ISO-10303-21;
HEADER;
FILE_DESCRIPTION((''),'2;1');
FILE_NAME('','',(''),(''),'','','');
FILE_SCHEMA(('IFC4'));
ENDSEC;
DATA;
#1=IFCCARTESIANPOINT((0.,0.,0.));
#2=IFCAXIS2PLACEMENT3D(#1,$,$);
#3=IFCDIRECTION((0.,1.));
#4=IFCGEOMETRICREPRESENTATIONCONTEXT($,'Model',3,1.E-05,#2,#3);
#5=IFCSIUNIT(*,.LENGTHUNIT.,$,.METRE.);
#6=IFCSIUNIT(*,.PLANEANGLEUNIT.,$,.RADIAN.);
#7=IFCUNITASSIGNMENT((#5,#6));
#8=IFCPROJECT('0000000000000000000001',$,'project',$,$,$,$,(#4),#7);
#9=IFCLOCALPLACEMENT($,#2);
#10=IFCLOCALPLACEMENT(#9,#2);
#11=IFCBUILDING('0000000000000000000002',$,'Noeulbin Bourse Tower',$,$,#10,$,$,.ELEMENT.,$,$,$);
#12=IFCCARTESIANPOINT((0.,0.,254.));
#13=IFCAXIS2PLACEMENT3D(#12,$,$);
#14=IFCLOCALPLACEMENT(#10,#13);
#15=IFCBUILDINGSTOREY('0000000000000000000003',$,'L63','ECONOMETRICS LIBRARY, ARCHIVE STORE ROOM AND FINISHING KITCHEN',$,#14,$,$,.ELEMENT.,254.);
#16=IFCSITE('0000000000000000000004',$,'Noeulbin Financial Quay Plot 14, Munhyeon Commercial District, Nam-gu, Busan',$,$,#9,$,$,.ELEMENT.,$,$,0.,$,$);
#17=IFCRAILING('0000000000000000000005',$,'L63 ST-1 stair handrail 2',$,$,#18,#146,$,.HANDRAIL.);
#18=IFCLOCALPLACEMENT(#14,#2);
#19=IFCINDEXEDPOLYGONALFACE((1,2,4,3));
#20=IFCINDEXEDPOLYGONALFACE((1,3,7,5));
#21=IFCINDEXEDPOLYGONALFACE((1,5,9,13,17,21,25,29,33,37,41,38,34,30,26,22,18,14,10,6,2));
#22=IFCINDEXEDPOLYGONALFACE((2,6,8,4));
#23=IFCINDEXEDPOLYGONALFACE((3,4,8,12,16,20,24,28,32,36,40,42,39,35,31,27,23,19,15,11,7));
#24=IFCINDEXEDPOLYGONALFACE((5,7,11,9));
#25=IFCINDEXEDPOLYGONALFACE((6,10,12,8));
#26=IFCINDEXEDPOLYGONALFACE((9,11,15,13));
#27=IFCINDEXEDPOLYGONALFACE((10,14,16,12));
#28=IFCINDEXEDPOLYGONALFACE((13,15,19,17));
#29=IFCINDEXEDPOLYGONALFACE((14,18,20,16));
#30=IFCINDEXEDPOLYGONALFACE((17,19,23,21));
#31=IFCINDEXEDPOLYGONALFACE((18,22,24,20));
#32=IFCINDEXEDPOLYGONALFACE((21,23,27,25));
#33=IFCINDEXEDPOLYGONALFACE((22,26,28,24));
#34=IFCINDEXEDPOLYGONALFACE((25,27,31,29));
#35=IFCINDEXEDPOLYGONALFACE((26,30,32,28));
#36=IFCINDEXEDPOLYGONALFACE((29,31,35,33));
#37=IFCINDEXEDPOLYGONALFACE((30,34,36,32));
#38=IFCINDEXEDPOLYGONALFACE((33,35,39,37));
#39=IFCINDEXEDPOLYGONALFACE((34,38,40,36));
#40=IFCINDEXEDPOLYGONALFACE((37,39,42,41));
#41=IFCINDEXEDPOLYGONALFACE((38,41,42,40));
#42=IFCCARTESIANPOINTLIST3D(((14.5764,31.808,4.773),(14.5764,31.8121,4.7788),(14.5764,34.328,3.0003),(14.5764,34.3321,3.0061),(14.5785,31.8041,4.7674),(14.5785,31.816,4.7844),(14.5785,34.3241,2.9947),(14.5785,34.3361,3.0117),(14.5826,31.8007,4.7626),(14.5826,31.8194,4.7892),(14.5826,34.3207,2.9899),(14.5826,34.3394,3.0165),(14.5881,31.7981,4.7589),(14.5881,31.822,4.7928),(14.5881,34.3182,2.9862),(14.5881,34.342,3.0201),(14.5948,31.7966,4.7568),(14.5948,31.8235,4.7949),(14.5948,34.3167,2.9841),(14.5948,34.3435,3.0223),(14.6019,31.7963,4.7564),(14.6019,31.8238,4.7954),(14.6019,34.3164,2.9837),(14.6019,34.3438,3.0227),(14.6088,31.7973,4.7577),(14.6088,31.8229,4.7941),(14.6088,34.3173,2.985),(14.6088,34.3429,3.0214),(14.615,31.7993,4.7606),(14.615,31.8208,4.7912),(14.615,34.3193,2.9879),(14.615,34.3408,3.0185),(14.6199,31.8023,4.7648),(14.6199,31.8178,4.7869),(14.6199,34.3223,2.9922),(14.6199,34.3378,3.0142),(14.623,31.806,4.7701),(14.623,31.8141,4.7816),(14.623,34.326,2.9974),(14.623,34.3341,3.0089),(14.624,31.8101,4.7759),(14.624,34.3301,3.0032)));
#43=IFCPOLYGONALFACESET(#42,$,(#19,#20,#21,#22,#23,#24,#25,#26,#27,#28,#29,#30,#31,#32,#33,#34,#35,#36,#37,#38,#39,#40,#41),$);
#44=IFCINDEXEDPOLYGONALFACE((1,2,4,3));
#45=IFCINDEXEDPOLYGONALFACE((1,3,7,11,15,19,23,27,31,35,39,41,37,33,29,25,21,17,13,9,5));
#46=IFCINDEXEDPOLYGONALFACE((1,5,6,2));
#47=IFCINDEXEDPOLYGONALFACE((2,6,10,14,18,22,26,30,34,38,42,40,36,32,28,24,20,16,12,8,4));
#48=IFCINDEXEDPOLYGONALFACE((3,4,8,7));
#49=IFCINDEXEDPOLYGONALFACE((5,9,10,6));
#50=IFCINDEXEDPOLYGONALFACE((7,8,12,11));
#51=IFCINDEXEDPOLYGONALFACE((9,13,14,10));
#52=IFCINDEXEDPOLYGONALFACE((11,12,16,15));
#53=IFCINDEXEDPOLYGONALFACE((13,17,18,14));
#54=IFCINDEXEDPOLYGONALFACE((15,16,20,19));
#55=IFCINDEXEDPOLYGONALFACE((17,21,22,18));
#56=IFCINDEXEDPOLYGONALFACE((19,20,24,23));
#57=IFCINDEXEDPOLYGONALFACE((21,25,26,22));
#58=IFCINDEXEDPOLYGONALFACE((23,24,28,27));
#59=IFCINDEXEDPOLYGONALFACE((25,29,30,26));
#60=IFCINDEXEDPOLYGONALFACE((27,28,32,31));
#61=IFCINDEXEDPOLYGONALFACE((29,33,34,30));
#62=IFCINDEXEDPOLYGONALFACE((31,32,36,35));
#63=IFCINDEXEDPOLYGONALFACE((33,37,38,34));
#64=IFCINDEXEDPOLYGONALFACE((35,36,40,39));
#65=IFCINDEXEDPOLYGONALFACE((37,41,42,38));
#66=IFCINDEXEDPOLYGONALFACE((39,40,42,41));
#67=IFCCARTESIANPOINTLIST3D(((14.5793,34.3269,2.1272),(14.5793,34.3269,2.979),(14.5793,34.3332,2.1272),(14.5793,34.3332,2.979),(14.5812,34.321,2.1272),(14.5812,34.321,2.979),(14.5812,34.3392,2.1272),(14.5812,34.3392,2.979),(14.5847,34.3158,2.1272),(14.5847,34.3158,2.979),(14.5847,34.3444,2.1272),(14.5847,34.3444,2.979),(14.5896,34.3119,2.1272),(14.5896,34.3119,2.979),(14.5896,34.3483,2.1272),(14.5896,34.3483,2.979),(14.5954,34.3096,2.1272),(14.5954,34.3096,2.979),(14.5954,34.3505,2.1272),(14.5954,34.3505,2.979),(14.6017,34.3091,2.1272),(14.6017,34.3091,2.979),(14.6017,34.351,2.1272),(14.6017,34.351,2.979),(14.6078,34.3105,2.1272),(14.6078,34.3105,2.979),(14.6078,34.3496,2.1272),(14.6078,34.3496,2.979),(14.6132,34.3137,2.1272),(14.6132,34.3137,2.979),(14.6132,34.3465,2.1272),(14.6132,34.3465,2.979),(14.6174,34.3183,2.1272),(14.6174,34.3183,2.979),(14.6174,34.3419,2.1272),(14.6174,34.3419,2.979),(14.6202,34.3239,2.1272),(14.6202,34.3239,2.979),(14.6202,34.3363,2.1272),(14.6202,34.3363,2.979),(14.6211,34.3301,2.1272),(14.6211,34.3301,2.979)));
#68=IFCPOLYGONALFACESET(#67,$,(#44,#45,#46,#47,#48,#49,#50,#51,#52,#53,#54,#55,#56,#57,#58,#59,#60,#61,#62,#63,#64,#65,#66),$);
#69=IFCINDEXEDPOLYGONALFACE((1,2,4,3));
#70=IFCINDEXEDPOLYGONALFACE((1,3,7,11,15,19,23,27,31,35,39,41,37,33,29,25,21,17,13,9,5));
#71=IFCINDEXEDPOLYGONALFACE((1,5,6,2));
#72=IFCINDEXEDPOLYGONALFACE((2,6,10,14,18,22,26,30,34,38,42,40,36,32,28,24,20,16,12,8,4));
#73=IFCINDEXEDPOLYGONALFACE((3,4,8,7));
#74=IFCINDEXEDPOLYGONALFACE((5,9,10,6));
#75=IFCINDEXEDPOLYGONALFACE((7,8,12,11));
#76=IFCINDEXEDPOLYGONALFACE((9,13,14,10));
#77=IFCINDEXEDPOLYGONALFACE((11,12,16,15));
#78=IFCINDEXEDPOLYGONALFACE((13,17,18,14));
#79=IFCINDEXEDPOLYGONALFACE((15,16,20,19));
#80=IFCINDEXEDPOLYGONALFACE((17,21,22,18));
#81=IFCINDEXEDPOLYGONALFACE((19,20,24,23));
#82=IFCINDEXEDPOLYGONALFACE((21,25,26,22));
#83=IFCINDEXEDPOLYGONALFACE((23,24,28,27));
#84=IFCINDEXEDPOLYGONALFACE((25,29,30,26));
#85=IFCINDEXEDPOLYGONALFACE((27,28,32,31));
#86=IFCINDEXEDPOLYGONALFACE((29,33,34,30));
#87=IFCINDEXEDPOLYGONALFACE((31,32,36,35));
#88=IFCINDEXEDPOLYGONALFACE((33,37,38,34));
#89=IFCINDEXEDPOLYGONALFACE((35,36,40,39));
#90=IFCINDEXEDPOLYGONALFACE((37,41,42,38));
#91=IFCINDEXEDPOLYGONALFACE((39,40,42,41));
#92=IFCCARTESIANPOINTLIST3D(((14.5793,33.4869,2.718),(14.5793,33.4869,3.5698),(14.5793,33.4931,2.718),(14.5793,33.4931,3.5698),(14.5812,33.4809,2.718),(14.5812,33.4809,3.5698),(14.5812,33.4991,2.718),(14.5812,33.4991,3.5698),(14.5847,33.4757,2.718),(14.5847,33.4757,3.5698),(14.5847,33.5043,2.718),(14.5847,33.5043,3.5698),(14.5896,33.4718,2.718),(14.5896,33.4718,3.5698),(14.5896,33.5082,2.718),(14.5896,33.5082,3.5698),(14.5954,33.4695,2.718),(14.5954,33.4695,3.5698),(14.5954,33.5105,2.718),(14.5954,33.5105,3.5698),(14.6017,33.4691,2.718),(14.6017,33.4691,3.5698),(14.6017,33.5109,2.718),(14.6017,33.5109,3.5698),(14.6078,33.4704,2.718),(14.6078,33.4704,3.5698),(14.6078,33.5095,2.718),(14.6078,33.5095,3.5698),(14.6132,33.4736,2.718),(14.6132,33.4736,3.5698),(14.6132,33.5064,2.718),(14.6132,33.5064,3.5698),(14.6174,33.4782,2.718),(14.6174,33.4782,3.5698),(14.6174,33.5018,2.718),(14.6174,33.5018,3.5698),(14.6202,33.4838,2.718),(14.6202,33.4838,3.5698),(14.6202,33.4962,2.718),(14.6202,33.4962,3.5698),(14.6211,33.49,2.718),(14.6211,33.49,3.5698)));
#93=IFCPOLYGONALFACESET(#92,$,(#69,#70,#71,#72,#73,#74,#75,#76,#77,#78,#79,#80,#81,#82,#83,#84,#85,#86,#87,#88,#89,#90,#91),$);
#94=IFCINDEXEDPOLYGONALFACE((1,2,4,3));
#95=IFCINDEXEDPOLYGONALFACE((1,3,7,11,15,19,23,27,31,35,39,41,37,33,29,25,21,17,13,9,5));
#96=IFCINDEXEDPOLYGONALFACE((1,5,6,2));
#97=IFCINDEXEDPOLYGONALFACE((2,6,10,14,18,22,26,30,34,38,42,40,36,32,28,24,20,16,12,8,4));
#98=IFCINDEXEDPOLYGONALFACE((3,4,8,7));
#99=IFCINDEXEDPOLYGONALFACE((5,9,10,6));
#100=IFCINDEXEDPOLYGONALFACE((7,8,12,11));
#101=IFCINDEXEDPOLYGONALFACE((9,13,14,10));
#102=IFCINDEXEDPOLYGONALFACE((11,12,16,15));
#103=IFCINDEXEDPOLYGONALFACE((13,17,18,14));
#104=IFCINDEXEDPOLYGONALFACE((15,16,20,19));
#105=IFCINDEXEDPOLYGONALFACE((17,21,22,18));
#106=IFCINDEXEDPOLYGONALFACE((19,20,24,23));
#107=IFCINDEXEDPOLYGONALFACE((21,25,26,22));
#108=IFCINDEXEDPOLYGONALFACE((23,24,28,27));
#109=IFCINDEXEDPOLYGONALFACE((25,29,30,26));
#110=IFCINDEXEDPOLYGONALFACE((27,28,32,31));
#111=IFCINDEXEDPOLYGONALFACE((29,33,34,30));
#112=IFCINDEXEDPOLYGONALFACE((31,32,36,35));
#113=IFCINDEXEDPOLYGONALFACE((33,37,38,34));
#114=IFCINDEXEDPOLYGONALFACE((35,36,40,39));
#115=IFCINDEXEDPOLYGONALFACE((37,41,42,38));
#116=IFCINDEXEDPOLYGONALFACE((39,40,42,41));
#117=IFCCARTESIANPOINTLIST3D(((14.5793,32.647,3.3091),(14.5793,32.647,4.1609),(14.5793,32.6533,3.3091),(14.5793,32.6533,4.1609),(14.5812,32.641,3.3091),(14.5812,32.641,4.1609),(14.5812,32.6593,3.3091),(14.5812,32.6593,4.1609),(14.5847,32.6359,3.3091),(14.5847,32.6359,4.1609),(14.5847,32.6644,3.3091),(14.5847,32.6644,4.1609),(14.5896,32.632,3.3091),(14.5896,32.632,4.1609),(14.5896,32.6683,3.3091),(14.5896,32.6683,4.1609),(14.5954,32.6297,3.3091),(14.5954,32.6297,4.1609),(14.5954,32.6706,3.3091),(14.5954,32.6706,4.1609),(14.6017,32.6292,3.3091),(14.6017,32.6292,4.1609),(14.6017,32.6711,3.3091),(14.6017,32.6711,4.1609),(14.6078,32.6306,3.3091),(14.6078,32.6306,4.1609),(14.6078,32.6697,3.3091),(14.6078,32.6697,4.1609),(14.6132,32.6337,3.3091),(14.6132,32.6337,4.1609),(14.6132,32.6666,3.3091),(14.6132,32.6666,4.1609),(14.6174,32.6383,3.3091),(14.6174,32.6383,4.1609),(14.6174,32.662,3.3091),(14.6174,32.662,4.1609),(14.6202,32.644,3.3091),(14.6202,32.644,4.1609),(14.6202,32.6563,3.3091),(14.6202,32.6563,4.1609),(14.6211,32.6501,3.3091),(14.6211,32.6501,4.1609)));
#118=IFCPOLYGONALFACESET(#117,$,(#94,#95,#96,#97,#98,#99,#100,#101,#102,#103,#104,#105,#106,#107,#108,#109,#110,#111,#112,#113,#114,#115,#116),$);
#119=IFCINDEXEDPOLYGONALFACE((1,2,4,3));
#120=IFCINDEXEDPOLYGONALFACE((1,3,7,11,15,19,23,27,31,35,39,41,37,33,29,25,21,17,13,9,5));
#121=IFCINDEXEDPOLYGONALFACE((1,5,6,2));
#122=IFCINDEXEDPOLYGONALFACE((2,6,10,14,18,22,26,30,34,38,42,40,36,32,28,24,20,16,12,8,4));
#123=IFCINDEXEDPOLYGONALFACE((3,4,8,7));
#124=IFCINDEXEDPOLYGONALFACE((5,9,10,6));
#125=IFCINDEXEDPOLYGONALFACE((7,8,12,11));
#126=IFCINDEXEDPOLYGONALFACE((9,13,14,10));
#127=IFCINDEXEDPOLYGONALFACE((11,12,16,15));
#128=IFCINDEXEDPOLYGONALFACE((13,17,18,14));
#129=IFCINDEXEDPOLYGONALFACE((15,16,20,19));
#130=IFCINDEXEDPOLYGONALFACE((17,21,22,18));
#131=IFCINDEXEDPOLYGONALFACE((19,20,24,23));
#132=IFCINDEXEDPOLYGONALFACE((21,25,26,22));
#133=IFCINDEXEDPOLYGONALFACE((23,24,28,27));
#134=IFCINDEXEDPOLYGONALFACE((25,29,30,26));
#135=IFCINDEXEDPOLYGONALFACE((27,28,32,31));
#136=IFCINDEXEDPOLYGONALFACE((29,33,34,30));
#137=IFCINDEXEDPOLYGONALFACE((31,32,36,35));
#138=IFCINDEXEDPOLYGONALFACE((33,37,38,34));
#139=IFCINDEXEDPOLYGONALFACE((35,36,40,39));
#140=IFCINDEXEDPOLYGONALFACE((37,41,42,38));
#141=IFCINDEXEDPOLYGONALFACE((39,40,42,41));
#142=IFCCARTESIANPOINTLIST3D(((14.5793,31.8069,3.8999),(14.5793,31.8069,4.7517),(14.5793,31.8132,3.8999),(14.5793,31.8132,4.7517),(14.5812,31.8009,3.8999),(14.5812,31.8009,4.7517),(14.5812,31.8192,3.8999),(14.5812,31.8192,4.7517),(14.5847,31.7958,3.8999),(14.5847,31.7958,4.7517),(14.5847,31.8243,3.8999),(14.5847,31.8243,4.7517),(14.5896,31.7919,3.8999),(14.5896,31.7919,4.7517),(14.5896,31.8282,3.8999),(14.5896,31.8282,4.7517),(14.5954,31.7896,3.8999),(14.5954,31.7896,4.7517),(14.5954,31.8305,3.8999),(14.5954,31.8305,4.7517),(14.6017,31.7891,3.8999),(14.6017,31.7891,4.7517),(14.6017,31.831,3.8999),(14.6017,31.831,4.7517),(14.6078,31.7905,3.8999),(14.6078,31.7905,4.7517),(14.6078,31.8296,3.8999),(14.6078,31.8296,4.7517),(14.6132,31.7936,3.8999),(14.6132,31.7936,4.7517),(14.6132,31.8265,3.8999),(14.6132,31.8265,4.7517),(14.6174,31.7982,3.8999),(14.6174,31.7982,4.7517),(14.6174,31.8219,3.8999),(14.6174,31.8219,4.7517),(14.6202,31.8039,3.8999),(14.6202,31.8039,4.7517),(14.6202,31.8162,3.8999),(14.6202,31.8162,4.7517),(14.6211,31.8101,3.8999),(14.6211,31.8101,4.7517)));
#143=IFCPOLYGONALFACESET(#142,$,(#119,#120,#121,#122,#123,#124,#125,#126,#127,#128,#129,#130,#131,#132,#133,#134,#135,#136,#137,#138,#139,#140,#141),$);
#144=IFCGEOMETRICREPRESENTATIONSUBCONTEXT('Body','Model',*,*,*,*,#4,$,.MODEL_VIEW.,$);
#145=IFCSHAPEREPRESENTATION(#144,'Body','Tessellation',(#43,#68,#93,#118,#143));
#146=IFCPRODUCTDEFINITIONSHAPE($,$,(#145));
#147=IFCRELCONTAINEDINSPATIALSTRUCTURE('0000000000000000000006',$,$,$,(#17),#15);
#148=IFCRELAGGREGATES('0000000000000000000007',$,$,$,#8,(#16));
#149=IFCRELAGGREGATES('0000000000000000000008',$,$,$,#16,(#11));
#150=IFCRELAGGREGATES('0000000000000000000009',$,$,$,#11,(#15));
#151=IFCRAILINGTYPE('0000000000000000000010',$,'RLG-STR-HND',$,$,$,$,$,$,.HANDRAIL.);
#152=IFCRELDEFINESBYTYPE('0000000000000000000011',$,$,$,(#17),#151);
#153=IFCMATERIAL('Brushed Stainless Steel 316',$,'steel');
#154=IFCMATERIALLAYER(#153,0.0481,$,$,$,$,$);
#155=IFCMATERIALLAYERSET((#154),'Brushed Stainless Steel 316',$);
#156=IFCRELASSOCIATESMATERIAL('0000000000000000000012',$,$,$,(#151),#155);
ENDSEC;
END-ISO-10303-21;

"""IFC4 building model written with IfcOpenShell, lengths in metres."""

from ifc_helpers import new_model, si_unit, direction, frame, origin, origin_2d, place, context, subcontext, project, spatial, circle, extrude, material, layer, layer_set, type_object, element, save


model = new_model("IFC4")

# Units and contexts
model_context = context("Model", 3, precision=1e-05, world=origin(), true_north=direction((0.0, 1.0)))
body_context = subcontext(model_context, "Body", "Model", "MODEL_VIEW")
ifc_project = project(units=[si_unit("LENGTHUNIT", "METRE"), si_unit("PLANEANGLEUNIT", "RADIAN")], contexts=[model_context])

# Site, building, storey
site_placement = place(None, origin())
site = spatial("IfcSite", under=ifc_project, at=site_placement, Name="Noeulbin Financial Quay Plot 14, Munhyeon Commercial District, Nam-gu, Busan", CompositionType="ELEMENT", RefElevation=0.0)
building_placement = place(site_placement, origin())
building = spatial("IfcBuilding", under=site, at=building_placement, Name="Noeulbin Bourse Tower", CompositionType="ELEMENT")
storey_placement = place(building_placement, frame((0.0, 0.0, 254.0)))
storey = spatial("IfcBuildingStorey", under=building, at=storey_placement, Name="L63", Description="ECONOMETRICS LIBRARY, ARCHIVE STORE ROOM AND FINISHING KITCHEN", CompositionType="ELEMENT", Elevation=254.0)

# Railing
ifc_material_1 = material(Name="Brushed Stainless Steel 316", Category="steel")
ifc_layer_1 = layer(ifc_material_1, 0.0481)
ifc_layer_set_1 = layer_set([ifc_layer_1], Name="Brushed Stainless Steel 316")
railing_type_1 = type_object("IfcRailingType", Name="RLG-STR-HND", PredefinedType="HANDRAIL", material=ifc_layer_set_1)
railing_1_placement = place(storey_placement, frame((14.6001, 34.3301, 2.1272)))
element("IfcRailing", 1, at=railing_1_placement, inside=storey, type_object=railing_type_1, Name="L63 ST-1 stair handrail 2", PredefinedType="HANDRAIL", context=body_context, shape_type="SweptSolid", body=[
    extrude(circle(Radius=0.0239, at=origin_2d()), frame((0.0, 0.0, 0.876), z_axis=(0.0, -0.817904, 0.575354), x_axis=(1.0, 0.0, 0.0)), (0.0, 0.0, 1.0), 3.0811),
    extrude(circle(Radius=0.021, at=origin_2d()), origin(), (0.0, 0.0, 1.0), 0.8518),
    extrude(circle(Radius=0.021, at=origin_2d()), frame((0.0, -0.8401, 0.5908)), (0.0, 0.0, 1.0), 0.8518),
    extrude(circle(Radius=0.021, at=origin_2d()), frame((0.0, -1.6799, 1.1819)), (0.0, 0.0, 1.0), 0.8518),
    extrude(circle(Radius=0.021, at=origin_2d()), frame((0.0, -2.52, 1.7727)), (0.0, 0.0, 1.0), 0.8518),
])

save(model, "model.ifc")
